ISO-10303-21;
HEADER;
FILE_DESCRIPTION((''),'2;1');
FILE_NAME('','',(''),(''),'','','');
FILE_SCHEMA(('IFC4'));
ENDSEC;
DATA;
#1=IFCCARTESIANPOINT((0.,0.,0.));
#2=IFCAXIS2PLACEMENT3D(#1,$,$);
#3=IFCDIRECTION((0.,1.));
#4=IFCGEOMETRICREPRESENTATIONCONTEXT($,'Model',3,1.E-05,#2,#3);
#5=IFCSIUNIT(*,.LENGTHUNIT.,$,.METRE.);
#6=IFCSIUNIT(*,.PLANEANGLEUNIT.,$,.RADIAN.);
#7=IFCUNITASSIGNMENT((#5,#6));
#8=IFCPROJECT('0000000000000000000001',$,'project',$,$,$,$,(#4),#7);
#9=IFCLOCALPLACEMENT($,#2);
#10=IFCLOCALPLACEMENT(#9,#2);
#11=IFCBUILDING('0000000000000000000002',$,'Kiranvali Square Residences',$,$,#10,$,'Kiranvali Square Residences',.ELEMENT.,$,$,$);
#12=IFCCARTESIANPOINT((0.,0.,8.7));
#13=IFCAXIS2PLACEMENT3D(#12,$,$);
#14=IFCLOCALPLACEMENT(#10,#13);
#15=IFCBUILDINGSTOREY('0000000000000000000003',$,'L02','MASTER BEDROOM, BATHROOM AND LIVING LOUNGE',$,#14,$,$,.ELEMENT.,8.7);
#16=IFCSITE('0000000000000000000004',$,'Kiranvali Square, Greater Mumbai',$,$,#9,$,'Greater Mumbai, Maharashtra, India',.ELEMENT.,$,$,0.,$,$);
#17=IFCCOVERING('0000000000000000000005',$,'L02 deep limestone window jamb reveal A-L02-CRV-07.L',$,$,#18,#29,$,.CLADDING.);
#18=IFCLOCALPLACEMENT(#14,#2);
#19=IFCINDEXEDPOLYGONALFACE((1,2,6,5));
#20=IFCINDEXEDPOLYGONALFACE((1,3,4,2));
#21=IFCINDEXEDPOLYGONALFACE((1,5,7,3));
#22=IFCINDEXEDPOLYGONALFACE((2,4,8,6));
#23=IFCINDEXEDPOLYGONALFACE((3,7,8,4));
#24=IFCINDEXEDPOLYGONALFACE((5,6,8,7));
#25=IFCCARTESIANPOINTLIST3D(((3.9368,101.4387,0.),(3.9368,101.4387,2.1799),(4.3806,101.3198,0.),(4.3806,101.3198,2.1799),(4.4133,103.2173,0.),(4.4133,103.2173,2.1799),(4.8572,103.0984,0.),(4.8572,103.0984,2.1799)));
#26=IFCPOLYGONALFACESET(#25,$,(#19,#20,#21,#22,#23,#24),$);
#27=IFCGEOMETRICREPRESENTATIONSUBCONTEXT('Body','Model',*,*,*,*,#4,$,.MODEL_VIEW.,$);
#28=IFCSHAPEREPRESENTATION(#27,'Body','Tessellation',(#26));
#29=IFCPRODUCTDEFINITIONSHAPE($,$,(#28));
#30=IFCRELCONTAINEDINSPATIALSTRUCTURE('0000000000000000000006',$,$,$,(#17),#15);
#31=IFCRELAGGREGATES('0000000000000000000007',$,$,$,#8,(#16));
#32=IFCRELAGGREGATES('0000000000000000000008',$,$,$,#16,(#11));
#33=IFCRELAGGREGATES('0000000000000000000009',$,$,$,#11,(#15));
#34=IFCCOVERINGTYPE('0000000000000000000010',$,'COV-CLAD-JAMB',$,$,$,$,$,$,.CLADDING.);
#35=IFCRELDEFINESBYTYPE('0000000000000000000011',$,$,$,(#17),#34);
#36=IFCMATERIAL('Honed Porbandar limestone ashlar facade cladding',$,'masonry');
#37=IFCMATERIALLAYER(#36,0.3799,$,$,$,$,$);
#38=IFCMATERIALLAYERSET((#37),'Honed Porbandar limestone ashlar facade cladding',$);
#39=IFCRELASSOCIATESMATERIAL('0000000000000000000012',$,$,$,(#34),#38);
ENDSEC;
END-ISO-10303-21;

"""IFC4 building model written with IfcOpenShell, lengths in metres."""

from ifc_helpers import new_model, si_unit, direction, frame, origin, place, context, subcontext, project, spatial, polyline, outline, extrude, material, layer, layer_set, type_object, element, save


model = new_model("IFC4")

# Units and contexts
model_context = context("Model", 3, precision=1e-05, world=origin(), true_north=direction((0.0, 1.0)))
body_context = subcontext(model_context, "Body", "Model", "MODEL_VIEW")
ifc_project = project(units=[si_unit("LENGTHUNIT", "METRE"), si_unit("PLANEANGLEUNIT", "RADIAN")], contexts=[model_context])

# Site, building, storey
site_placement = place(None, origin())
site = spatial("IfcSite", under=ifc_project, at=site_placement, Name="Kiranvali Square, Greater Mumbai", LongName="Greater Mumbai, Maharashtra, India", CompositionType="ELEMENT", RefElevation=0.0)
building_placement = place(site_placement, origin())
building = spatial("IfcBuilding", under=site, at=building_placement, Name="Kiranvali Square Residences", LongName="Kiranvali Square Residences", CompositionType="ELEMENT")
storey_placement = place(building_placement, frame((0.0, 0.0, 8.7)))
storey = spatial("IfcBuildingStorey", under=building, at=storey_placement, Name="L02", Description="MASTER BEDROOM, BATHROOM AND LIVING LOUNGE", CompositionType="ELEMENT", Elevation=8.7)

# Covering
ifc_material_1 = material(Name="Honed Porbandar limestone ashlar facade cladding", Category="masonry")
ifc_layer_1 = layer(ifc_material_1, 0.3799)
ifc_layer_set_1 = layer_set([ifc_layer_1], Name="Honed Porbandar limestone ashlar facade cladding")
covering_type_1 = type_object("IfcCoveringType", Name="COV-CLAD-JAMB", PredefinedType="CLADDING", material=ifc_layer_set_1)
covering_1_placement = place(storey_placement, origin())
element("IfcCovering", 1, at=covering_1_placement, inside=storey, type_object=covering_type_1, Name="L02 deep limestone window jamb reveal A-L02-CRV-07.L", PredefinedType="CLADDING", context=body_context, shape_type="SweptSolid", body=[
    extrude(outline(polyline([(4.4133, 103.2173), (3.9368, 101.4387), (4.3806, 101.3198), (4.8572, 103.0984), (4.4133, 103.2173)])), origin(), (0.0, 0.0, 1.0), 2.1799),
])

save(model, "model.ifc")
